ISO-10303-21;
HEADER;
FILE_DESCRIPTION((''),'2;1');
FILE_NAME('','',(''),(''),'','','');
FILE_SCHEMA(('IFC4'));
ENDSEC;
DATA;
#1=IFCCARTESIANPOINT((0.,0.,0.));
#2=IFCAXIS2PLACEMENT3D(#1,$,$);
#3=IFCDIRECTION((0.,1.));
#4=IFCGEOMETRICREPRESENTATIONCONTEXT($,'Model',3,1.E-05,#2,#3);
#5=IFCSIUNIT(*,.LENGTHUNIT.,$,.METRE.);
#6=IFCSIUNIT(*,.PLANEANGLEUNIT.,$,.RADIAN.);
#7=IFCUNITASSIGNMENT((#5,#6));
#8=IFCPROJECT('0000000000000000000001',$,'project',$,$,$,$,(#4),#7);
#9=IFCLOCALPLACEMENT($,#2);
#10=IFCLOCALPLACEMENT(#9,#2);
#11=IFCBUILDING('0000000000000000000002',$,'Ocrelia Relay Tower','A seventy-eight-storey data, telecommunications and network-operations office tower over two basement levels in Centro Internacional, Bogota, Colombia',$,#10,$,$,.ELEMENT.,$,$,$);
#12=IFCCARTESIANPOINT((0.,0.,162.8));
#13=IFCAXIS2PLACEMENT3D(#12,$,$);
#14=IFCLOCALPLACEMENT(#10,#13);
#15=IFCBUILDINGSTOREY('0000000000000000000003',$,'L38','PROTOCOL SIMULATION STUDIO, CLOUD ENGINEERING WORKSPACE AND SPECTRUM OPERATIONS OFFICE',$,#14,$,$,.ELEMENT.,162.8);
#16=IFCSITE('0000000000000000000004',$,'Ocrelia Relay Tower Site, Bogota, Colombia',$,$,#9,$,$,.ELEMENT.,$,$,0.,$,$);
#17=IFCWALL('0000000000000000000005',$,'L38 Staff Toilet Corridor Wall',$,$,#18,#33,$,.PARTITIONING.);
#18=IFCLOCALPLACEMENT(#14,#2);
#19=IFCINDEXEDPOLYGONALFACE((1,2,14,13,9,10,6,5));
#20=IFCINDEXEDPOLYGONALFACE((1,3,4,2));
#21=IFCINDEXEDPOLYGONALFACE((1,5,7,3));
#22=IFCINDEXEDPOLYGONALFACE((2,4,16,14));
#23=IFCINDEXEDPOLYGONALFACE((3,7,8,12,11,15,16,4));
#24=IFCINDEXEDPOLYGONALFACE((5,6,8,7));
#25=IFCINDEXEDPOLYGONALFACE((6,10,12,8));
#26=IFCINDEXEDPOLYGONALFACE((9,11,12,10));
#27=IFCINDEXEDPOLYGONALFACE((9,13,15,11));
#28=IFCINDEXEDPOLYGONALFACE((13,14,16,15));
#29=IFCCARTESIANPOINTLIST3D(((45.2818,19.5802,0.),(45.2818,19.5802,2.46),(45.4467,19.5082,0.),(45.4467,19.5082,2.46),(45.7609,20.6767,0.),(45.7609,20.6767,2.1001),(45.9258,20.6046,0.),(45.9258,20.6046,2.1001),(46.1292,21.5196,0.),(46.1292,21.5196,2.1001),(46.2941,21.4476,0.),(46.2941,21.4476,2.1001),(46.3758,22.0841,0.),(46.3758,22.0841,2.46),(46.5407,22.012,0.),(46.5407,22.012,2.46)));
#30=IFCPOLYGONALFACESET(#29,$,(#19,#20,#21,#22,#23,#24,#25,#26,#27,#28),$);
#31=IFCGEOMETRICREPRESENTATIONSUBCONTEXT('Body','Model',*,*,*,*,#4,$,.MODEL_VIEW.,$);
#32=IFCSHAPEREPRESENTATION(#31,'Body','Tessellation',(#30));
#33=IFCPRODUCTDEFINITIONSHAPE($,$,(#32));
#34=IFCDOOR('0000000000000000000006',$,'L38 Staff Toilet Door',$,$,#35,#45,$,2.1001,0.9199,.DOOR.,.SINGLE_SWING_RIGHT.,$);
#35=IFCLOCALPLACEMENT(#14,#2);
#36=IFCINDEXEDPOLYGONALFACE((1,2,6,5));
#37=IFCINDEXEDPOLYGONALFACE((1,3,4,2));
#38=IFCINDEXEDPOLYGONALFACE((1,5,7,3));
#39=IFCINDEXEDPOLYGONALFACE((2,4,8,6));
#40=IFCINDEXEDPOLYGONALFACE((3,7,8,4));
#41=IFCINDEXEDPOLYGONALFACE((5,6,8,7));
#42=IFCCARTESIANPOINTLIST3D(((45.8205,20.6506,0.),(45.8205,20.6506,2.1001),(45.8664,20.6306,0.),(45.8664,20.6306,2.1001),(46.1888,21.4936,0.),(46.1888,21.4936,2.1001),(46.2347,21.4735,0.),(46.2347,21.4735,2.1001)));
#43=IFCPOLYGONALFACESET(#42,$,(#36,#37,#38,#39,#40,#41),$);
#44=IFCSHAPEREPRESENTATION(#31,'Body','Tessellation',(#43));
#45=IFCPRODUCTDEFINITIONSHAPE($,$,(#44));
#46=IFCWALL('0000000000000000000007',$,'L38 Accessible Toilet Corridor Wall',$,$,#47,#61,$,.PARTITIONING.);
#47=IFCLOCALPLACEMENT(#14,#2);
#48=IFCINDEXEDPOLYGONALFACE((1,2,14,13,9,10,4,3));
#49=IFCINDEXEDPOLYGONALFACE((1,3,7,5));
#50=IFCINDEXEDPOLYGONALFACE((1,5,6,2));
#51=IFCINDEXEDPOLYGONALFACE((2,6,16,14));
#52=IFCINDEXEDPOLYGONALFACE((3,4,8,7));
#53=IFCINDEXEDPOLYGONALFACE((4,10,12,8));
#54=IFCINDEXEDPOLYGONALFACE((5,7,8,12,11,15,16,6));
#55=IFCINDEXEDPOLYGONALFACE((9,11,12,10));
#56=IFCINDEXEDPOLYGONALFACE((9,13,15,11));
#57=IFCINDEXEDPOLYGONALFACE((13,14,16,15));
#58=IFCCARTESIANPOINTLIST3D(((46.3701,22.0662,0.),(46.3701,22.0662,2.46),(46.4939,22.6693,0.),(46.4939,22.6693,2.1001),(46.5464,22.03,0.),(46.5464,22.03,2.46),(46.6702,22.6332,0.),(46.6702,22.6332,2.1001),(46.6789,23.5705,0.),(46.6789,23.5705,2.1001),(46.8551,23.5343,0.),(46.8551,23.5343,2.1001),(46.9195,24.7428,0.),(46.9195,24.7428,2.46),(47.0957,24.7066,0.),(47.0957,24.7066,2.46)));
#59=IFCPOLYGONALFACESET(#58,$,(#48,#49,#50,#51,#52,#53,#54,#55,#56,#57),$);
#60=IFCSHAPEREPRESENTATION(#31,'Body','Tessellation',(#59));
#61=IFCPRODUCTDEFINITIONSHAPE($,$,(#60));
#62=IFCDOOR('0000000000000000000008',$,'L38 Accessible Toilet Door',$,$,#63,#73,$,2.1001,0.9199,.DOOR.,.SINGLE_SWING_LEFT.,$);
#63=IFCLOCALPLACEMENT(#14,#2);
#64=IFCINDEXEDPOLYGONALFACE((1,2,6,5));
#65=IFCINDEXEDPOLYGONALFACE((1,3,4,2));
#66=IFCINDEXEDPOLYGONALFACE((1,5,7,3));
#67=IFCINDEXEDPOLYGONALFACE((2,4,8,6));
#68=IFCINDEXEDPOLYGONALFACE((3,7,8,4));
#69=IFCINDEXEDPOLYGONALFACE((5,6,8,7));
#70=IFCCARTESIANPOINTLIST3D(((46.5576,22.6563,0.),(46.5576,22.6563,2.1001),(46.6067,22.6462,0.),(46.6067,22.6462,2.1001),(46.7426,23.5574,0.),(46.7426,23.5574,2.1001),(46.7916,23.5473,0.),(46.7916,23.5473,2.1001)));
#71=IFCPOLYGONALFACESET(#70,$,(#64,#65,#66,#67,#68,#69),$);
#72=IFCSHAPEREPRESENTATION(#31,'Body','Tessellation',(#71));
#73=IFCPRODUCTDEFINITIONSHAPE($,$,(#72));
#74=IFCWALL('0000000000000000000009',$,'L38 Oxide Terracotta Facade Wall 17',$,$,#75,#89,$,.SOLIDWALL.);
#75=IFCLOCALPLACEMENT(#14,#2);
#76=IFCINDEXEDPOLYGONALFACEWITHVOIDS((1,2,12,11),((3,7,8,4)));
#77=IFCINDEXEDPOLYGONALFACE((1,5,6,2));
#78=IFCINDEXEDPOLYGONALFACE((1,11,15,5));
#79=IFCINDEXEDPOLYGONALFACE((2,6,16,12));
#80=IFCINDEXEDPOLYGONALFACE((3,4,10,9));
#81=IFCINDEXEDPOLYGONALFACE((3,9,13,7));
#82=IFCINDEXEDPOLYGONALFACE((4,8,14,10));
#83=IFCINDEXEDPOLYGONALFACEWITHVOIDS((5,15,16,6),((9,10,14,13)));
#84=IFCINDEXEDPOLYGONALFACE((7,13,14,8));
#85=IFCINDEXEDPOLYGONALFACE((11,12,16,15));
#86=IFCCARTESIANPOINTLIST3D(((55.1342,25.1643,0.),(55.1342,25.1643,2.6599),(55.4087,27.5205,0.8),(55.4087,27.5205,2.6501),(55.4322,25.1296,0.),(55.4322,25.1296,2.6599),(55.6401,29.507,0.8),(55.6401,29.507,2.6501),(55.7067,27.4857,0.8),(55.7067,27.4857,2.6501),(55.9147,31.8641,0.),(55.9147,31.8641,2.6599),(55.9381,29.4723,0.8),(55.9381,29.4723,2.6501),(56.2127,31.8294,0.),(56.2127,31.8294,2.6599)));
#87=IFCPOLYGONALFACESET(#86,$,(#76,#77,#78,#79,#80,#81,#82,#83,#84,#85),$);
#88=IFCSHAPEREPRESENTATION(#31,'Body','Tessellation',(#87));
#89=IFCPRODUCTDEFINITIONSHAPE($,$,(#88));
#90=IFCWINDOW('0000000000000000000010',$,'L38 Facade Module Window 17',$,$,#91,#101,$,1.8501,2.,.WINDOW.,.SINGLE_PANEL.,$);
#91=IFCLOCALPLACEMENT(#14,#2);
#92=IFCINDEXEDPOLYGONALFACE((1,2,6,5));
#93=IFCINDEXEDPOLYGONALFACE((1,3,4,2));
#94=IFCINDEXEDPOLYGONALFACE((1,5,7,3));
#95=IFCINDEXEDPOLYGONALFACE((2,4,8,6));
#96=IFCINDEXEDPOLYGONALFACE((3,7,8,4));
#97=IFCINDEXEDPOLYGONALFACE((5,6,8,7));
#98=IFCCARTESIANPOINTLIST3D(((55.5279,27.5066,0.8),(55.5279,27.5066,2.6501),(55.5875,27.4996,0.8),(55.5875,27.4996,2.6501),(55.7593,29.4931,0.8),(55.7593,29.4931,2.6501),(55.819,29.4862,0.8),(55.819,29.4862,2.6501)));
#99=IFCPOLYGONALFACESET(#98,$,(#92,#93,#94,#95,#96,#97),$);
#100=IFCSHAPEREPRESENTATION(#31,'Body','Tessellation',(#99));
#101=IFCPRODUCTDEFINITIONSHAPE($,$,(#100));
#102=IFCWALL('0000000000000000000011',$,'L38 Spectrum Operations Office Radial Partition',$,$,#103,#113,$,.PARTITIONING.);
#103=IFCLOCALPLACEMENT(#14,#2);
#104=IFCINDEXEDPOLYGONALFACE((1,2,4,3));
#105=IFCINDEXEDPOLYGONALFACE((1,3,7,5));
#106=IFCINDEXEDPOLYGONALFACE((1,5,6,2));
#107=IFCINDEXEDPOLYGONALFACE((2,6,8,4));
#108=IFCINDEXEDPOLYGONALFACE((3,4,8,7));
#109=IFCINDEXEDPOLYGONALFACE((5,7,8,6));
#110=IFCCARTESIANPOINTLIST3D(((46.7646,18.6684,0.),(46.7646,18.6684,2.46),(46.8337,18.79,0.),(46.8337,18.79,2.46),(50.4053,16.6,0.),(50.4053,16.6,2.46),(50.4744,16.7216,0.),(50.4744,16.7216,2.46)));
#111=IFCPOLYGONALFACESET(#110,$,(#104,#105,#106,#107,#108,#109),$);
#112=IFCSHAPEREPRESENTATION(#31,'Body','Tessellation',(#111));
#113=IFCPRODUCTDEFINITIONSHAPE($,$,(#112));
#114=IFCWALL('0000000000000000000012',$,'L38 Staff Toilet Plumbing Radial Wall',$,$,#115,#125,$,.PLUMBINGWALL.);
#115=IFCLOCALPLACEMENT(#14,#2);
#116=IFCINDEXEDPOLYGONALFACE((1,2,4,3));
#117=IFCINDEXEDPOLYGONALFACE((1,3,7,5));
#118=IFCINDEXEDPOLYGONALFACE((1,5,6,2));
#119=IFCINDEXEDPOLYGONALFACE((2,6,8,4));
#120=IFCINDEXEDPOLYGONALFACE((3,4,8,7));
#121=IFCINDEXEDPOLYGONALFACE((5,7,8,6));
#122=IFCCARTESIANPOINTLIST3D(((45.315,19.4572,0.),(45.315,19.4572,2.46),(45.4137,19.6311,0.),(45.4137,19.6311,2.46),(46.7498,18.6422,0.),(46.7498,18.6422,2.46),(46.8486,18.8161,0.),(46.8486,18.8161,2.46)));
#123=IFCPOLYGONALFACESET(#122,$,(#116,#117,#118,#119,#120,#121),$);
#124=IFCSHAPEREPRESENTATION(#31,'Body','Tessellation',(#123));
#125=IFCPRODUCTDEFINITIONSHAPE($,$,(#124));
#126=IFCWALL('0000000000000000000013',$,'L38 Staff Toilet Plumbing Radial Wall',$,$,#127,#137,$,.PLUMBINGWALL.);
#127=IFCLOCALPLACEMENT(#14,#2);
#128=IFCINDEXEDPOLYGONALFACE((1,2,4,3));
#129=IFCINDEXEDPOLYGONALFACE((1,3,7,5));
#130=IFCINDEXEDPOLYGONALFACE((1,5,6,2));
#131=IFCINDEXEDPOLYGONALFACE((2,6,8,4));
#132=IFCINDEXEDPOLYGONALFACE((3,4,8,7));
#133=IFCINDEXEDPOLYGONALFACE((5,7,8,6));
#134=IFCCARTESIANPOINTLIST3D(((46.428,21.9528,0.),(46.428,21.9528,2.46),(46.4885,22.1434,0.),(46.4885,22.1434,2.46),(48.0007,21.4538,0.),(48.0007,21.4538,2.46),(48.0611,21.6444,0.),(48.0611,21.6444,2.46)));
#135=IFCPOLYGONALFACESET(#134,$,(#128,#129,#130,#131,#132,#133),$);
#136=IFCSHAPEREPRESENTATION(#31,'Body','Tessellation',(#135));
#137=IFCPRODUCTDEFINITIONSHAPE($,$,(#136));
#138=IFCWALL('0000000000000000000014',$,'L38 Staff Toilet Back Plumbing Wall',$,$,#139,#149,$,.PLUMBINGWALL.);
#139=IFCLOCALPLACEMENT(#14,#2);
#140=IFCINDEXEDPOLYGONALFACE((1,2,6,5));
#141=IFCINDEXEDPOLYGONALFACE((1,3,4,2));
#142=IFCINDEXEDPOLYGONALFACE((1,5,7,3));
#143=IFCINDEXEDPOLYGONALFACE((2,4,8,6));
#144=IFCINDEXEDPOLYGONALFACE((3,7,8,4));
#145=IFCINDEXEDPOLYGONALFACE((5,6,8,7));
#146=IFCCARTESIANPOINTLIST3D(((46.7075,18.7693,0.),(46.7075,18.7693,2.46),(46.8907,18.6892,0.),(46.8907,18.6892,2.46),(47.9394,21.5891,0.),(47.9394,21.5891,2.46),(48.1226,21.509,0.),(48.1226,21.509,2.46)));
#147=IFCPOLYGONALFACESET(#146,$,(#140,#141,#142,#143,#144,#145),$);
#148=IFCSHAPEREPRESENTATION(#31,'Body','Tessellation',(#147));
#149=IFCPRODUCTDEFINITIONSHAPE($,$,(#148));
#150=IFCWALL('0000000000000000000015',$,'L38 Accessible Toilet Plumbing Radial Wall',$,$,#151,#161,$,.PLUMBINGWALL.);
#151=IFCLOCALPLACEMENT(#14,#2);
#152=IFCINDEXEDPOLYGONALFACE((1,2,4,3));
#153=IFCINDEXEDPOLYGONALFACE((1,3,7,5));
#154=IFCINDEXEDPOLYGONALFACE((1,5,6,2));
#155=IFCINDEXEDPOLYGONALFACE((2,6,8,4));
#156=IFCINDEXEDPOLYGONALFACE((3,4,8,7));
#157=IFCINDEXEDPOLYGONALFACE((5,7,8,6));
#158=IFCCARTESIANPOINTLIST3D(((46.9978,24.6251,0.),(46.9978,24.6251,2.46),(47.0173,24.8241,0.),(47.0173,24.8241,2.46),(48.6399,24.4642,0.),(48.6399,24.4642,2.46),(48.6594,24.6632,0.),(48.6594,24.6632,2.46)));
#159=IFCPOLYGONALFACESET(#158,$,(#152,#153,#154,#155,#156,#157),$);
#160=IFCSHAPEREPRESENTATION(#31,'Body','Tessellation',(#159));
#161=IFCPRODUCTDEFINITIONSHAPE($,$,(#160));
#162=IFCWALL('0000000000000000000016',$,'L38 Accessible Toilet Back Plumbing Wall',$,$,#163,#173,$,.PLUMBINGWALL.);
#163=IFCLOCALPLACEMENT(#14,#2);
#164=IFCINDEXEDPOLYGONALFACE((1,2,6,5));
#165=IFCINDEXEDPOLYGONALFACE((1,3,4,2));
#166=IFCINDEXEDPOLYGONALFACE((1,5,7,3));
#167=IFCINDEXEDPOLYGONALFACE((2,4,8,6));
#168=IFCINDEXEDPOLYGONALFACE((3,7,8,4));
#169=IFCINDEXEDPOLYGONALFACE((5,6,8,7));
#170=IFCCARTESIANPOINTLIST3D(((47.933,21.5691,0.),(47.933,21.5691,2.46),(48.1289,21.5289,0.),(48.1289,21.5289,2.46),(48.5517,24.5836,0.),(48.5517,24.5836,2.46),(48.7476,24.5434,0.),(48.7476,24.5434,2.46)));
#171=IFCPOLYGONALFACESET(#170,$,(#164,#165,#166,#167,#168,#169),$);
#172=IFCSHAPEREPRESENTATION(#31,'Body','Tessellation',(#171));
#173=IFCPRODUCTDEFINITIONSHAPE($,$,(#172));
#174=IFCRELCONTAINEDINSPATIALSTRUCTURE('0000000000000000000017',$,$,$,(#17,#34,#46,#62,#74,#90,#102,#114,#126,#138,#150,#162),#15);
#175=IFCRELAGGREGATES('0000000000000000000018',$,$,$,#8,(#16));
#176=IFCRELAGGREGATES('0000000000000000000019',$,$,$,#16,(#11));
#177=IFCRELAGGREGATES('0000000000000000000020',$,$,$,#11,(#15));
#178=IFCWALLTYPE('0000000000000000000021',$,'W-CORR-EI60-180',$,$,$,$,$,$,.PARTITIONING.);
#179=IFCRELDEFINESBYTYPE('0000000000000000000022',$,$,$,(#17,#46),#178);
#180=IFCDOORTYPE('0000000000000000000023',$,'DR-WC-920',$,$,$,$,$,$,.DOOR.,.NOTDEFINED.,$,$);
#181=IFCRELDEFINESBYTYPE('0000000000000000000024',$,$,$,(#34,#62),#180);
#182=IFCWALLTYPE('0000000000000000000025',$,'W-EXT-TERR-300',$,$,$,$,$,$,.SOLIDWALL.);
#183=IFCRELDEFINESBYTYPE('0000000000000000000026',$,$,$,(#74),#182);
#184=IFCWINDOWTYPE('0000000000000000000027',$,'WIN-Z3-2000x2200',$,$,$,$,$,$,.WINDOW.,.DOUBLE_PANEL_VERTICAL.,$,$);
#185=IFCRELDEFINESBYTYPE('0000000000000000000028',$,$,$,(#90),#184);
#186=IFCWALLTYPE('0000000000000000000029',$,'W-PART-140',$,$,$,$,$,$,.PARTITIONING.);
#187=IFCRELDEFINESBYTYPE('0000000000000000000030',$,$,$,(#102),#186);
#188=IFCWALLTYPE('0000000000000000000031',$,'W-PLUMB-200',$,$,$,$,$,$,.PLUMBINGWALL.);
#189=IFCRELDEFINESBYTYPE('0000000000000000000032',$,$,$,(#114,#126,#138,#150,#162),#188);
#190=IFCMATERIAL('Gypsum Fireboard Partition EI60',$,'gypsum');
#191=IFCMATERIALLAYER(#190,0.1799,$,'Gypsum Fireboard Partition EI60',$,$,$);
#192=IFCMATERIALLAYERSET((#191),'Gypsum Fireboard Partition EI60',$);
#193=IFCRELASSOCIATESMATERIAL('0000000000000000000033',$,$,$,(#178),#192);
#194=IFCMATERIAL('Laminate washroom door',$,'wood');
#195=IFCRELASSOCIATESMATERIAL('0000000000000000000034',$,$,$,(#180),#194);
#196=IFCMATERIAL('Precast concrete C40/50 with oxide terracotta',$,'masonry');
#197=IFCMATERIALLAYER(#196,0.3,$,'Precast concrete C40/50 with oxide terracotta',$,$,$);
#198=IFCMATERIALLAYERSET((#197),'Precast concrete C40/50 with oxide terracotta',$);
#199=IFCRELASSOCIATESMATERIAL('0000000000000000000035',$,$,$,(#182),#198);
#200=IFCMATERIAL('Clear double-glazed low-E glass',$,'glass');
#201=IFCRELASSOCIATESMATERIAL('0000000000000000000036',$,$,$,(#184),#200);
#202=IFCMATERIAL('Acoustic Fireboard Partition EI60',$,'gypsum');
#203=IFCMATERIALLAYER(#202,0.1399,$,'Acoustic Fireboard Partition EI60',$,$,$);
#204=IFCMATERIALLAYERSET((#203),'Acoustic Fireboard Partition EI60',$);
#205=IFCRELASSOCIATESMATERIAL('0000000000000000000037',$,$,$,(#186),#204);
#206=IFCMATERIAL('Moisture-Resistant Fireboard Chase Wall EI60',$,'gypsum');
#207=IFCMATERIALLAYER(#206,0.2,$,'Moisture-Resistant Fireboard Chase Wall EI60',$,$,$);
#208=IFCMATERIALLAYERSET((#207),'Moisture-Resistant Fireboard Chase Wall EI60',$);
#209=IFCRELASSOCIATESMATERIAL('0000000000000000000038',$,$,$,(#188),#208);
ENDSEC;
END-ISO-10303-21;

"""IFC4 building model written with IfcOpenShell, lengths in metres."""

from ifc_helpers import new_model, si_unit, direction, frame, frame_2d, origin, place, context, subcontext, project, spatial, rectangle, extrude, material, layer, layer_set, type_object, element, fill, save


model = new_model("IFC4")

# Units and contexts
model_context = context("Model", 3, precision=1e-05, world=origin(), true_north=direction((0.0, 1.0)))
body_context = subcontext(model_context, "Body", "Model", "MODEL_VIEW")
ifc_project = project(units=[si_unit("LENGTHUNIT", "METRE"), si_unit("PLANEANGLEUNIT", "RADIAN")], contexts=[model_context])

# Site, building, storey
site_placement = place(None, origin())
site = spatial("IfcSite", under=ifc_project, at=site_placement, Name="Ocrelia Relay Tower Site, Bogota, Colombia", CompositionType="ELEMENT", RefElevation=0.0)
building_placement = place(site_placement, origin())
building = spatial("IfcBuilding", under=site, at=building_placement, Name="Ocrelia Relay Tower", Description="A seventy-eight-storey data, telecommunications and network-operations office tower over two basement levels in Centro Internacional, Bogota, Colombia", CompositionType="ELEMENT")
storey_placement = place(building_placement, frame((0.0, 0.0, 162.8)))
storey = spatial("IfcBuildingStorey", under=building, at=storey_placement, Name="L38", Description="PROTOCOL SIMULATION STUDIO, CLOUD ENGINEERING WORKSPACE AND SPECTRUM OPERATIONS OFFICE", CompositionType="ELEMENT", Elevation=162.8)

# Walls, openings, doors
ifc_material_1 = material(Name="Gypsum Fireboard Partition EI60", Category="gypsum")
ifc_layer_1 = layer(ifc_material_1, 0.1799, Name="Gypsum Fireboard Partition EI60")
ifc_layer_set_1 = layer_set([ifc_layer_1], Name="Gypsum Fireboard Partition EI60")
wall_type_1 = type_object("IfcWallType", Name="W-CORR-EI60-180", PredefinedType="PARTITIONING", material=ifc_layer_set_1)
wall_1_placement = place(storey_placement, frame((45.3643, 19.5442, 0.0), z_axis=(0.0, 0.0, 1.0), x_axis=(0.400369, 0.916354, 0.0)))
wall_1 = element("IfcWall", 1, at=wall_1_placement, inside=storey, type_object=wall_type_1, Name="L38 Staff Toilet Corridor Wall", PredefinedType="PARTITIONING", context=body_context, shape_type="SweptSolid", body=[
    extrude(rectangle(XDim=2.7324, YDim=0.1799, at=frame_2d((1.3662, 0.0))), origin(), (0.0, 0.0, 1.0), 2.46),
])
opening_1_placement = place(wall_1_placement, frame((1.1965, 0.0, 0.0)))
opening_1 = element("IfcOpeningElement", 2, at=opening_1_placement, cuts=wall_1, PredefinedType="OPENING", context=body_context, shape_type="SweptSolid", body=[
    extrude(rectangle(XDim=0.9199, YDim=2.1001, at=frame_2d((0.46, 1.05))), frame((0.0, 0.1001, 0.0), z_axis=(0.0, -1.0, 0.0), x_axis=(1.0, 0.0, 0.0)), (0.0, 0.0, 1.0), 0.2),
])
ifc_material_2 = material(Name="Laminate washroom door", Category="wood")
door_type_1 = type_object("IfcDoorType", Name="DR-WC-920", OperationType="NOTDEFINED", PredefinedType="DOOR", material=ifc_material_2)
door_1_placement = place(opening_1_placement, origin())
door_1 = element("IfcDoor", 3, at=door_1_placement, inside=storey, type_object=door_type_1, Name="L38 Staff Toilet Door", OperationType="SINGLE_SWING_RIGHT", OverallHeight=2.1001, OverallWidth=0.9199, PredefinedType="DOOR", context=body_context, shape_type="SweptSolid", body=[
    extrude(rectangle(XDim=0.9199, YDim=2.1001, at=frame_2d((0.46, 1.05))), frame((0.0, 0.0249, 0.0), z_axis=(0.0, -1.0, 0.0), x_axis=(1.0, 0.0, 0.0)), (0.0, 0.0, 1.0), 0.05),
])
fill(opening_1, door_1)
wall_2_placement = place(storey_placement, frame((46.4583, 22.0481, 0.0), z_axis=(0.0, 0.0, 1.0), x_axis=(0.201045, 0.979582, 0.0)))
wall_2 = element("IfcWall", 4, at=wall_2_placement, inside=storey, type_object=wall_type_1, Name="L38 Accessible Toilet Corridor Wall", PredefinedType="PARTITIONING", context=body_context, shape_type="SweptSolid", body=[
    extrude(rectangle(XDim=2.7324, YDim=0.1799, at=frame_2d((1.3662, 0.0))), origin(), (0.0, 0.0, 1.0), 2.46),
])
opening_2_placement = place(wall_2_placement, frame((0.6157, 0.0, 0.0)))
opening_2 = element("IfcOpeningElement", 5, at=opening_2_placement, cuts=wall_2, PredefinedType="OPENING", context=body_context, shape_type="SweptSolid", body=[
    extrude(rectangle(XDim=0.9199, YDim=2.1001, at=frame_2d((0.46, 1.05))), frame((0.0, 0.1001, 0.0), z_axis=(0.0, -1.0, 0.0), x_axis=(1.0, 0.0, 0.0)), (0.0, 0.0, 1.0), 0.2),
])
door_2_placement = place(opening_2_placement, origin())
door_2 = element("IfcDoor", 6, at=door_2_placement, inside=storey, type_object=door_type_1, Name="L38 Accessible Toilet Door", OperationType="SINGLE_SWING_LEFT", OverallHeight=2.1001, OverallWidth=0.9199, PredefinedType="DOOR", context=body_context, shape_type="SweptSolid", body=[
    extrude(rectangle(XDim=0.9199, YDim=2.1001, at=frame_2d((0.46, 1.05))), frame((0.0, 0.0249, 0.0), z_axis=(0.0, -1.0, 0.0), x_axis=(1.0, 0.0, 0.0)), (0.0, 0.0, 1.0), 0.05),
])
fill(opening_2, door_2)

# Wall, opening, window
ifc_material_3 = material(Name="Precast concrete C40/50 with oxide terracotta", Category="masonry")
ifc_layer_2 = layer(ifc_material_3, 0.3, Name="Precast concrete C40/50 with oxide terracotta")
ifc_layer_set_2 = layer_set([ifc_layer_2], Name="Precast concrete C40/50 with oxide terracotta")
wall_type_2 = type_object("IfcWallType", Name="W-EXT-TERR-300", PredefinedType="SOLIDWALL", material=ifc_layer_set_2)
wall_3_placement = place(storey_placement, frame((55.2832, 25.147, 0.0), z_axis=(0.0, 0.0, 1.0), x_axis=(0.115718, 0.993282, 0.0)))
wall_3 = element("IfcWall", 7, at=wall_3_placement, inside=storey, type_object=wall_type_2, Name="L38 Oxide Terracotta Facade Wall 17", PredefinedType="SOLIDWALL", context=body_context, shape_type="SweptSolid", body=[
    extrude(rectangle(XDim=6.7451, YDim=0.3, at=frame_2d((3.3726, 0.0))), origin(), (0.0, 0.0, 1.0), 2.6599),
])
opening_3_placement = place(wall_3_placement, frame((2.3721, 0.0, 0.8)))
opening_3 = element("IfcOpeningElement", 8, at=opening_3_placement, cuts=wall_3, PredefinedType="OPENING", context=body_context, shape_type="SweptSolid", body=[
    extrude(rectangle(XDim=2.0, YDim=1.8501, at=frame_2d((1.0, 0.925))), frame((0.0, 0.1602, 0.0), z_axis=(0.0, -1.0, 0.0), x_axis=(1.0, 0.0, 0.0)), (0.0, 0.0, 1.0), 0.3201),
])
ifc_material_4 = material(Name="Clear double-glazed low-E glass", Category="glass")
window_type = type_object("IfcWindowType", Name="WIN-Z3-2000x2200", PartitioningType="DOUBLE_PANEL_VERTICAL", PredefinedType="WINDOW", material=ifc_material_4)
window_placement = place(opening_3_placement, origin())
window = element("IfcWindow", 9, at=window_placement, inside=storey, type_object=window_type, Name="L38 Facade Module Window 17", OverallHeight=1.8501, OverallWidth=2.0, PartitioningType="SINGLE_PANEL", PredefinedType="WINDOW", context=body_context, shape_type="SweptSolid", body=[
    extrude(rectangle(XDim=2.0, YDim=1.8501, at=frame_2d((1.0, 0.925))), frame((0.0, 0.03, 0.0), z_axis=(0.0, -1.0, 0.0), x_axis=(1.0, 0.0, 0.0)), (0.0, 0.0, 1.0), 0.0601),
])
fill(opening_3, window)

# Walls
ifc_material_5 = material(Name="Acoustic Fireboard Partition EI60", Category="gypsum")
ifc_layer_3 = layer(ifc_material_5, 0.1399, Name="Acoustic Fireboard Partition EI60")
ifc_layer_set_3 = layer_set([ifc_layer_3], Name="Acoustic Fireboard Partition EI60")
wall_type_3 = type_object("IfcWallType", Name="W-PART-140", PredefinedType="PARTITIONING", material=ifc_layer_set_3)
wall_4_placement = place(storey_placement, frame((46.7991, 18.7292, 0.0), z_axis=(0.0, 0.0, 1.0), x_axis=(0.869475, -0.493977, 0.0)))
element("IfcWall", 10, at=wall_4_placement, inside=storey, type_object=wall_type_3, Name="L38 Spectrum Operations Office Radial Partition", PredefinedType="PARTITIONING", context=body_context, shape_type="SweptSolid", body=[
    extrude(rectangle(XDim=4.1873, YDim=0.1399, at=frame_2d((2.0938, 0.0))), origin(), (0.0, 0.0, 1.0), 2.46),
])
ifc_material_6 = material(Name="Moisture-Resistant Fireboard Chase Wall EI60", Category="gypsum")
ifc_layer_4 = layer(ifc_material_6, 0.2, Name="Moisture-Resistant Fireboard Chase Wall EI60")
ifc_layer_set_4 = layer_set([ifc_layer_4], Name="Moisture-Resistant Fireboard Chase Wall EI60")
wall_type_4 = type_object("IfcWallType", Name="W-PLUMB-200", PredefinedType="PLUMBINGWALL", material=ifc_layer_set_4)
wall_5_placement = place(storey_placement, frame((45.3643, 19.5442, 0.0), z_axis=(0.0, 0.0, 1.0), x_axis=(0.869533, -0.493875, 0.0)))
element("IfcWall", 11, at=wall_5_placement, inside=storey, type_object=wall_type_4, Name="L38 Staff Toilet Plumbing Radial Wall", PredefinedType="PLUMBINGWALL", context=body_context, shape_type="SweptSolid", body=[
    extrude(rectangle(XDim=1.6501, YDim=0.2, at=frame_2d((0.8252, 0.0))), origin(), (0.0, 0.0, 1.0), 2.46),
])
wall_6_placement = place(storey_placement, frame((46.4583, 22.0481, 0.0), z_axis=(0.0, 0.0, 1.0), x_axis=(0.95317, -0.302434, 0.0)))
element("IfcWall", 12, at=wall_6_placement, inside=storey, type_object=wall_type_4, Name="L38 Staff Toilet Plumbing Radial Wall", PredefinedType="PLUMBINGWALL", context=body_context, shape_type="SweptSolid", body=[
    extrude(rectangle(XDim=1.6499, YDim=0.2, at=frame_2d((0.825, 0.0))), origin(), (0.0, 0.0, 1.0), 2.46),
])
wall_7_placement = place(storey_placement, frame((46.7991, 18.7292, 0.0), z_axis=(0.0, 0.0, 1.0), x_axis=(0.400344, 0.916365, 0.0)))
element("IfcWall", 13, at=wall_7_placement, inside=storey, type_object=wall_type_4, Name="L38 Staff Toilet Back Plumbing Wall", PredefinedType="PLUMBINGWALL", context=body_context, shape_type="SweptSolid", body=[
    extrude(rectangle(XDim=3.0771, YDim=0.2, at=frame_2d((1.5386, 0.0))), origin(), (0.0, 0.0, 1.0), 2.46),
])
wall_8_placement = place(storey_placement, frame((47.0076, 24.7246, 0.0), z_axis=(0.0, 0.0, 1.0), x_axis=(0.995234, -0.097511, 0.0)))
element("IfcWall", 14, at=wall_8_placement, inside=storey, type_object=wall_type_4, Name="L38 Accessible Toilet Plumbing Radial Wall", PredefinedType="PLUMBINGWALL", context=body_context, shape_type="SweptSolid", body=[
    extrude(rectangle(XDim=1.6499, YDim=0.2, at=frame_2d((0.825, 0.0))), origin(), (0.0, 0.0, 1.0), 2.46),
])
wall_9_placement = place(storey_placement, frame((48.031, 21.5491, 0.0), z_axis=(0.0, 0.0, 1.0), x_axis=(0.201026, 0.979586, 0.0)))
element("IfcWall", 15, at=wall_9_placement, inside=storey, type_object=wall_type_4, Name="L38 Accessible Toilet Back Plumbing Wall", PredefinedType="PLUMBINGWALL", context=body_context, shape_type="SweptSolid", body=[
    extrude(rectangle(XDim=3.0774, YDim=0.2, at=frame_2d((1.5386, 0.0))), origin(), (0.0, 0.0, 1.0), 2.46),
])

save(model, "model.ifc")
